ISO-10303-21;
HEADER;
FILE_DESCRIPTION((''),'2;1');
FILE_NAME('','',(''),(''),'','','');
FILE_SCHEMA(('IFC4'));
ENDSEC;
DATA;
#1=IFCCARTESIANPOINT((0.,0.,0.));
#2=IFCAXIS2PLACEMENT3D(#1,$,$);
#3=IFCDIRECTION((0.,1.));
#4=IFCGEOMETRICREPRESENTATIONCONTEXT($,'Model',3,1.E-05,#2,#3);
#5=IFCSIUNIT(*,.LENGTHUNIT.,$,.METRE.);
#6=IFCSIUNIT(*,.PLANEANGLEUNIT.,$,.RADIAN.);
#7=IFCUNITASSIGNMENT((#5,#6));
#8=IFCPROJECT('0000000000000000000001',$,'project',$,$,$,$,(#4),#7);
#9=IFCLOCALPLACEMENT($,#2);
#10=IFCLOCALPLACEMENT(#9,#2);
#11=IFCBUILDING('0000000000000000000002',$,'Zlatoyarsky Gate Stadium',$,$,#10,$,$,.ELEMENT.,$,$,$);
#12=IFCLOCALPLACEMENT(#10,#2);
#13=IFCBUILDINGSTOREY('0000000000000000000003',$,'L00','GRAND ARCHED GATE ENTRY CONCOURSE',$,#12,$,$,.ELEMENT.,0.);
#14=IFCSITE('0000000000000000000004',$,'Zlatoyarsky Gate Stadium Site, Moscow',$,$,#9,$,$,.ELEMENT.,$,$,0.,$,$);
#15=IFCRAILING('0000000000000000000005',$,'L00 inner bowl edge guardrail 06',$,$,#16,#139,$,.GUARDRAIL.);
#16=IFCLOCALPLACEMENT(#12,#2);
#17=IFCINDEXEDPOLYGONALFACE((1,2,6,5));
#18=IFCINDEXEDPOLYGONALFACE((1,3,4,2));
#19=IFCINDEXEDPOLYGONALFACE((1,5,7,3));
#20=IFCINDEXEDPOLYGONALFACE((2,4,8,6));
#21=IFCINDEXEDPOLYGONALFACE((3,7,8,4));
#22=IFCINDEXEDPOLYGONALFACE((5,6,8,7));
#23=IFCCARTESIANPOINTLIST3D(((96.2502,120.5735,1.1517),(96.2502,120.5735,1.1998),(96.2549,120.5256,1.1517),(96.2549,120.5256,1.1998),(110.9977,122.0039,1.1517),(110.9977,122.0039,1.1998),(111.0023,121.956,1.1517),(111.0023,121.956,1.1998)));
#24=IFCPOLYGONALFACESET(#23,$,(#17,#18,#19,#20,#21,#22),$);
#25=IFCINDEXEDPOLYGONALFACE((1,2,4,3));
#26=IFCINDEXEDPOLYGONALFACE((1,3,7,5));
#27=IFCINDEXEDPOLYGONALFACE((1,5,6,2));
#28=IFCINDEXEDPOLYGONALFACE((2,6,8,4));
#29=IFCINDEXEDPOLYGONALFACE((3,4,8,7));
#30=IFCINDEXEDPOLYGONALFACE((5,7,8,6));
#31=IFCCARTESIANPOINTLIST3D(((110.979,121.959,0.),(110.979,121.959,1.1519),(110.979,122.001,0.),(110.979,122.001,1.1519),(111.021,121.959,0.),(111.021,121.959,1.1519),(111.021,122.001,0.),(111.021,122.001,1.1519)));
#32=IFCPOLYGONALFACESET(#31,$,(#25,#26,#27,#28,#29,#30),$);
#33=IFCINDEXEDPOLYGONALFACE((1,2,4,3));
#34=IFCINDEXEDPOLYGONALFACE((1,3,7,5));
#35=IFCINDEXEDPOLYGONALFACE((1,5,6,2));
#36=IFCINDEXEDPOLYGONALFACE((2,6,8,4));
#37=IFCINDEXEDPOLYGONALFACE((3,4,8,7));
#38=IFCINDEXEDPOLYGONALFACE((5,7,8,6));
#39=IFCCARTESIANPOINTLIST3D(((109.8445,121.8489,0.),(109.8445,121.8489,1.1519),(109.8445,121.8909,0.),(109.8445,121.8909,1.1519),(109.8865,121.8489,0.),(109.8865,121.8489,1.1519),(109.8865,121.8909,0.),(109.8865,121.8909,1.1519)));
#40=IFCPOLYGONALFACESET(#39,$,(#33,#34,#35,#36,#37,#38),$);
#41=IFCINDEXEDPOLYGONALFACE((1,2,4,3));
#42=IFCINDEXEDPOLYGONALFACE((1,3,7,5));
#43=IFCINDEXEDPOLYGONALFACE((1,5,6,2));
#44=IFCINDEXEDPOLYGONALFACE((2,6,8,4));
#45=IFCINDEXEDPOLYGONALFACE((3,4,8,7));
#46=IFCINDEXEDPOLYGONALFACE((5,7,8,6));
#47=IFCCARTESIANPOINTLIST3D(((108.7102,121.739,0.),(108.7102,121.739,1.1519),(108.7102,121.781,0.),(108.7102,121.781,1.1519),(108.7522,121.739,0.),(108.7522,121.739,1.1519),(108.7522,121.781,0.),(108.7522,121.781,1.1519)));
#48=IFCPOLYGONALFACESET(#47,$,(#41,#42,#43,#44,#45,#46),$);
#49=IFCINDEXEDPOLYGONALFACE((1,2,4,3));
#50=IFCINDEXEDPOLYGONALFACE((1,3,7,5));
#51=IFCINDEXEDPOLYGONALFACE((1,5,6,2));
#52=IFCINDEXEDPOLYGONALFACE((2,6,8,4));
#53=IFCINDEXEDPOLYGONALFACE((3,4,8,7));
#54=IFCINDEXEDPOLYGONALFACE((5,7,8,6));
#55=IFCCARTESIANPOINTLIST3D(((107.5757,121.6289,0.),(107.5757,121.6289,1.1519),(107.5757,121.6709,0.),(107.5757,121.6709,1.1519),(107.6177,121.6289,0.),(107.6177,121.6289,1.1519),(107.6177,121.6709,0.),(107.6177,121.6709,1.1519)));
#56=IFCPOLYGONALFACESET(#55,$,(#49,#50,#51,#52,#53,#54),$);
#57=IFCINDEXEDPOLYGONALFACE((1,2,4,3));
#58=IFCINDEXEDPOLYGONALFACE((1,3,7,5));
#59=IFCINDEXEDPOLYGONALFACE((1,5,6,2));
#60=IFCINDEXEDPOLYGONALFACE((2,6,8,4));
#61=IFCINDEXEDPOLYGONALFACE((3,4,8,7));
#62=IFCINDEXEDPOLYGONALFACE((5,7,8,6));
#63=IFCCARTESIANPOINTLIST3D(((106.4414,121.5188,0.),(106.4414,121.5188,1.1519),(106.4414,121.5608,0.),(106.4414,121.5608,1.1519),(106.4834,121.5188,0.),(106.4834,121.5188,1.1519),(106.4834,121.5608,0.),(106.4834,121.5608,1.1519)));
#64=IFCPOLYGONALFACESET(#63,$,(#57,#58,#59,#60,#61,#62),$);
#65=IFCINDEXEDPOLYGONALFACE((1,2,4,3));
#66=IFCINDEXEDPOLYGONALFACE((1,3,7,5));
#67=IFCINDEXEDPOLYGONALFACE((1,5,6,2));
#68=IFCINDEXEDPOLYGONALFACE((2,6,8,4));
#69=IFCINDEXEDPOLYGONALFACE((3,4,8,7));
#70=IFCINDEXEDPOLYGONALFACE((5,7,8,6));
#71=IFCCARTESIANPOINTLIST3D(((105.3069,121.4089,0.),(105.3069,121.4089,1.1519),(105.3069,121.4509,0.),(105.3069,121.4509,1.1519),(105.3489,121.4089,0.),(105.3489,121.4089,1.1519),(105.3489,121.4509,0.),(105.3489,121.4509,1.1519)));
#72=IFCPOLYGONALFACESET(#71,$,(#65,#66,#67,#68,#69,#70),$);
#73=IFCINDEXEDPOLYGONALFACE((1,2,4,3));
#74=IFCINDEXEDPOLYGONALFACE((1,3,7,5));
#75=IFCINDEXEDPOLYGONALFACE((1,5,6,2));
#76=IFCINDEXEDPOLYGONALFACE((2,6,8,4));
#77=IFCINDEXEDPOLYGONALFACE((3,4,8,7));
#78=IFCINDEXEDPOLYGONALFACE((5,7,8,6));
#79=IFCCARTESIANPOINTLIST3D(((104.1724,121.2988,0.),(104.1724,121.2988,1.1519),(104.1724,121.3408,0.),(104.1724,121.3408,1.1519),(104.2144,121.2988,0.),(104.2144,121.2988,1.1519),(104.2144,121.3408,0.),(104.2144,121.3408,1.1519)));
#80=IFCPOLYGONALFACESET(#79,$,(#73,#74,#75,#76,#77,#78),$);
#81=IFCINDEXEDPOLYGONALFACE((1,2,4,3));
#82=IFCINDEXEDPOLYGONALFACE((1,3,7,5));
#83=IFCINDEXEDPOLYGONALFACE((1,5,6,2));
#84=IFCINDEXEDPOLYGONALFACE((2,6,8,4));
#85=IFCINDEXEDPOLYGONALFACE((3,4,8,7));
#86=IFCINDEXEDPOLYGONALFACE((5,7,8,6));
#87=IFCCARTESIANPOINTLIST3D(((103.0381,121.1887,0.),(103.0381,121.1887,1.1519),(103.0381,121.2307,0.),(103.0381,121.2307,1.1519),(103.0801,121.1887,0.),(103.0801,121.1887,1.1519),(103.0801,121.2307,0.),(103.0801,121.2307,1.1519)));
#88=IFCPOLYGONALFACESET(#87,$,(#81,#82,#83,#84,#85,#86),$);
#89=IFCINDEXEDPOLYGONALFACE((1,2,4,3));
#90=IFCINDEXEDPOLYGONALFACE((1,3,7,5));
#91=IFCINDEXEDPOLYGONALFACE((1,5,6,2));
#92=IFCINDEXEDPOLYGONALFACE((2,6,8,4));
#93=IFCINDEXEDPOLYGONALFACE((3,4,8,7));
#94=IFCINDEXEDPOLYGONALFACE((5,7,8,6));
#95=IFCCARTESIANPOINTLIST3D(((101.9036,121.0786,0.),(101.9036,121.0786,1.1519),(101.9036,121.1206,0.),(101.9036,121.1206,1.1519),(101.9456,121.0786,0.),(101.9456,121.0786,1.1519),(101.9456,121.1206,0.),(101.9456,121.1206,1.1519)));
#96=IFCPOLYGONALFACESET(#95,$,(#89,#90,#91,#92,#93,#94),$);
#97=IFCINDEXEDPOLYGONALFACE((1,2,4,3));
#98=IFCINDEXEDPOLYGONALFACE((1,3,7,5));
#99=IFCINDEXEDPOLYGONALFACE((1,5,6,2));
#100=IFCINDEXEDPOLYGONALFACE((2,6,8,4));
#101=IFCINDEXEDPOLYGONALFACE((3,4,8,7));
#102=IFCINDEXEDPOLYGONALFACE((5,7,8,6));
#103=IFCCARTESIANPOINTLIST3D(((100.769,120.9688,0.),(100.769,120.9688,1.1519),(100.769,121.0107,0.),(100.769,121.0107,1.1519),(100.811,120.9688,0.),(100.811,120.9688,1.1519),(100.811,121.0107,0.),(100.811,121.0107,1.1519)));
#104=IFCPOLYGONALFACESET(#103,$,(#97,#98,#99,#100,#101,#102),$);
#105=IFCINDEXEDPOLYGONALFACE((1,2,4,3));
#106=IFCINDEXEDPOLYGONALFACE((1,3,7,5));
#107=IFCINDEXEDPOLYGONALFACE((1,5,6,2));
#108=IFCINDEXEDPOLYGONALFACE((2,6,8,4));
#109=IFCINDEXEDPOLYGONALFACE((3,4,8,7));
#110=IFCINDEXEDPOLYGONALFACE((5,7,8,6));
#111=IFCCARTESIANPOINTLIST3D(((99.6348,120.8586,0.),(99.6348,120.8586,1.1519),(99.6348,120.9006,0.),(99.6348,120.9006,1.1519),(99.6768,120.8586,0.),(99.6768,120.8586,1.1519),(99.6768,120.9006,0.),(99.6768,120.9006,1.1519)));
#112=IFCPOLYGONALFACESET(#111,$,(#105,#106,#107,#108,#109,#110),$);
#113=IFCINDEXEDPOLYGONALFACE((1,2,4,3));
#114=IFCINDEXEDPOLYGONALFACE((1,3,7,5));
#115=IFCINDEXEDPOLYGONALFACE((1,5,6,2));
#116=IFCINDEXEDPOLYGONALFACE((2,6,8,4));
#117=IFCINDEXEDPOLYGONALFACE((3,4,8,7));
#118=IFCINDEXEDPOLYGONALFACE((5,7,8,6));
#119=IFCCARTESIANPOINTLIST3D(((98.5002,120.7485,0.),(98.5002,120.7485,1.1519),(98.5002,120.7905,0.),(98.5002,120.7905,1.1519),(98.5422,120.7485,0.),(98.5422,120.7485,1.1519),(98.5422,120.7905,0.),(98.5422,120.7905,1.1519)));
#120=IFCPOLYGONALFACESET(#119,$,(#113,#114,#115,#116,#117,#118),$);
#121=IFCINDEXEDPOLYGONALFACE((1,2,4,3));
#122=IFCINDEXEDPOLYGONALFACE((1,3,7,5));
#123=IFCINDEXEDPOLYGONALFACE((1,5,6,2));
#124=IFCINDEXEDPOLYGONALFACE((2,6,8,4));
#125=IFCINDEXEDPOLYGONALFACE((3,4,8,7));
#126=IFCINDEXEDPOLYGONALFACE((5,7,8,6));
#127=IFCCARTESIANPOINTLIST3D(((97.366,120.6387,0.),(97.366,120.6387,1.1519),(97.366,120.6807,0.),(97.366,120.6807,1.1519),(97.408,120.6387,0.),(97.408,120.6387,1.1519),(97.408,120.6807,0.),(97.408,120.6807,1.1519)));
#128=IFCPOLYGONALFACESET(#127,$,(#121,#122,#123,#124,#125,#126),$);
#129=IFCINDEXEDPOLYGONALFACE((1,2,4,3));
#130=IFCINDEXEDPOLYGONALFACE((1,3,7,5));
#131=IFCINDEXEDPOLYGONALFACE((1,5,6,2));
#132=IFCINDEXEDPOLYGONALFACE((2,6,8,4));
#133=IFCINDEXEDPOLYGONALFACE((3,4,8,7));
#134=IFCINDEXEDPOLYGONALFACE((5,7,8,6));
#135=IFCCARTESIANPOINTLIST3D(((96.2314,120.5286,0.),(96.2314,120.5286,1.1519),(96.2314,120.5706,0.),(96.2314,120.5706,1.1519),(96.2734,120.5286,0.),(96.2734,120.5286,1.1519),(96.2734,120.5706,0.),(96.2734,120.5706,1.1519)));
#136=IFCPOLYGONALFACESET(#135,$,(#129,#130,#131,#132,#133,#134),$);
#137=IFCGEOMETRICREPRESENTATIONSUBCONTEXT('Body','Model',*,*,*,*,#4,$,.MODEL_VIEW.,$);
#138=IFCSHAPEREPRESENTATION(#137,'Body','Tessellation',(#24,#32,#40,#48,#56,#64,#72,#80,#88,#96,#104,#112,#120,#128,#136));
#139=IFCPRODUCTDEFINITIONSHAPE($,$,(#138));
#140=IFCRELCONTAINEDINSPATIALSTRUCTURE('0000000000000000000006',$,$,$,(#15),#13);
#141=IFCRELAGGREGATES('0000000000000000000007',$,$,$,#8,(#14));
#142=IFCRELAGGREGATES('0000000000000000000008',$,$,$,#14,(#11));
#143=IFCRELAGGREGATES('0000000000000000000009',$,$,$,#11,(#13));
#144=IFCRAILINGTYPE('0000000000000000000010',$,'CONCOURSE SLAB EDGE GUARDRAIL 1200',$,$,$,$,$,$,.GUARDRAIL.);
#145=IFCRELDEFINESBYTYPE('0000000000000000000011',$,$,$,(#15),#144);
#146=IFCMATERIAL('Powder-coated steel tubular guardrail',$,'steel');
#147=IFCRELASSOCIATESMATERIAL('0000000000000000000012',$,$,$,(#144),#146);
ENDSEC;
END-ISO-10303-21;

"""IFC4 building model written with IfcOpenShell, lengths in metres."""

from ifc_helpers import new_model, si_unit, direction, frame, origin, origin_2d, place, context, subcontext, project, spatial, rectangle, extrude, material, type_object, element, save


model = new_model("IFC4")

# Units and contexts
model_context = context("Model", 3, precision=1e-05, world=origin(), true_north=direction((0.0, 1.0)))
body_context = subcontext(model_context, "Body", "Model", "MODEL_VIEW")
ifc_project = project(units=[si_unit("LENGTHUNIT", "METRE"), si_unit("PLANEANGLEUNIT", "RADIAN")], contexts=[model_context])

# Site, building, storey
site_placement = place(None, origin())
site = spatial("IfcSite", under=ifc_project, at=site_placement, Name="Zlatoyarsky Gate Stadium Site, Moscow", CompositionType="ELEMENT", RefElevation=0.0)
building_placement = place(site_placement, origin())
building = spatial("IfcBuilding", under=site, at=building_placement, Name="Zlatoyarsky Gate Stadium", CompositionType="ELEMENT")
storey_placement = place(building_placement, origin())
storey = spatial("IfcBuildingStorey", under=building, at=storey_placement, Name="L00", Description="GRAND ARCHED GATE ENTRY CONCOURSE", CompositionType="ELEMENT", Elevation=0.0)

# Railing
ifc_material_1 = material(Name="Powder-coated steel tubular guardrail", Category="steel")
railing_type = type_object("IfcRailingType", Name="CONCOURSE SLAB EDGE GUARDRAIL 1200", PredefinedType="GUARDRAIL", material=ifc_material_1)
railing_1_placement = place(storey_placement, frame((111.0, 121.98, 0.0)))
element("IfcRailing", 1, at=railing_1_placement, inside=storey, type_object=railing_type, Name="L00 inner bowl edge guardrail 06", PredefinedType="GUARDRAIL", context=body_context, shape_type="SweptSolid", body=[
    extrude(rectangle(XDim=0.0481, YDim=0.0481, at=origin_2d()), frame((0.0, 0.0, 1.1758), z_axis=(-0.995329, -0.096541, 0.0), x_axis=(0.096541, -0.995329, 0.0)), (0.0, 0.0, 1.0), 14.8167),
    extrude(rectangle(XDim=0.042, YDim=0.042, at=origin_2d()), origin(), (0.0, 0.0, 1.0), 1.1519),
    extrude(rectangle(XDim=0.042, YDim=0.042, at=origin_2d()), frame((-1.1345, -0.1101, 0.0)), (0.0, 0.0, 1.0), 1.1519),
    extrude(rectangle(XDim=0.042, YDim=0.042, at=origin_2d()), frame((-2.2688, -0.22, 0.0)), (0.0, 0.0, 1.0), 1.1519),
    extrude(rectangle(XDim=0.042, YDim=0.042, at=origin_2d()), frame((-3.4033, -0.3301, 0.0)), (0.0, 0.0, 1.0), 1.1519),
    extrude(rectangle(XDim=0.042, YDim=0.042, at=origin_2d()), frame((-4.5376, -0.4402, 0.0)), (0.0, 0.0, 1.0), 1.1519),
    extrude(rectangle(XDim=0.042, YDim=0.042, at=origin_2d()), frame((-5.6721, -0.55, 0.0)), (0.0, 0.0, 1.0), 1.1519),
    extrude(rectangle(XDim=0.042, YDim=0.042, at=origin_2d()), frame((-6.8066, -0.6602, 0.0)), (0.0, 0.0, 1.0), 1.1519),
    extrude(rectangle(XDim=0.042, YDim=0.042, at=origin_2d()), frame((-7.9409, -0.7703, 0.0)), (0.0, 0.0, 1.0), 1.1519),
    extrude(rectangle(XDim=0.042, YDim=0.042, at=origin_2d()), frame((-9.0754, -0.8804, 0.0)), (0.0, 0.0, 1.0), 1.1519),
    extrude(rectangle(XDim=0.042, YDim=0.042, at=origin_2d()), frame((-10.21, -0.9902, 0.0)), (0.0, 0.0, 1.0), 1.1519),
    extrude(rectangle(XDim=0.042, YDim=0.042, at=origin_2d()), frame((-11.3442, -1.1003, 0.0)), (0.0, 0.0, 1.0), 1.1519),
    extrude(rectangle(XDim=0.042, YDim=0.042, at=origin_2d()), frame((-12.4788, -1.2104, 0.0)), (0.0, 0.0, 1.0), 1.1519),
    extrude(rectangle(XDim=0.042, YDim=0.042, at=origin_2d()), frame((-13.613, -1.3203, 0.0)), (0.0, 0.0, 1.0), 1.1519),
    extrude(rectangle(XDim=0.042, YDim=0.042, at=origin_2d()), frame((-14.7476, -1.4304, 0.0)), (0.0, 0.0, 1.0), 1.1519),
])

save(model, "model.ifc")
